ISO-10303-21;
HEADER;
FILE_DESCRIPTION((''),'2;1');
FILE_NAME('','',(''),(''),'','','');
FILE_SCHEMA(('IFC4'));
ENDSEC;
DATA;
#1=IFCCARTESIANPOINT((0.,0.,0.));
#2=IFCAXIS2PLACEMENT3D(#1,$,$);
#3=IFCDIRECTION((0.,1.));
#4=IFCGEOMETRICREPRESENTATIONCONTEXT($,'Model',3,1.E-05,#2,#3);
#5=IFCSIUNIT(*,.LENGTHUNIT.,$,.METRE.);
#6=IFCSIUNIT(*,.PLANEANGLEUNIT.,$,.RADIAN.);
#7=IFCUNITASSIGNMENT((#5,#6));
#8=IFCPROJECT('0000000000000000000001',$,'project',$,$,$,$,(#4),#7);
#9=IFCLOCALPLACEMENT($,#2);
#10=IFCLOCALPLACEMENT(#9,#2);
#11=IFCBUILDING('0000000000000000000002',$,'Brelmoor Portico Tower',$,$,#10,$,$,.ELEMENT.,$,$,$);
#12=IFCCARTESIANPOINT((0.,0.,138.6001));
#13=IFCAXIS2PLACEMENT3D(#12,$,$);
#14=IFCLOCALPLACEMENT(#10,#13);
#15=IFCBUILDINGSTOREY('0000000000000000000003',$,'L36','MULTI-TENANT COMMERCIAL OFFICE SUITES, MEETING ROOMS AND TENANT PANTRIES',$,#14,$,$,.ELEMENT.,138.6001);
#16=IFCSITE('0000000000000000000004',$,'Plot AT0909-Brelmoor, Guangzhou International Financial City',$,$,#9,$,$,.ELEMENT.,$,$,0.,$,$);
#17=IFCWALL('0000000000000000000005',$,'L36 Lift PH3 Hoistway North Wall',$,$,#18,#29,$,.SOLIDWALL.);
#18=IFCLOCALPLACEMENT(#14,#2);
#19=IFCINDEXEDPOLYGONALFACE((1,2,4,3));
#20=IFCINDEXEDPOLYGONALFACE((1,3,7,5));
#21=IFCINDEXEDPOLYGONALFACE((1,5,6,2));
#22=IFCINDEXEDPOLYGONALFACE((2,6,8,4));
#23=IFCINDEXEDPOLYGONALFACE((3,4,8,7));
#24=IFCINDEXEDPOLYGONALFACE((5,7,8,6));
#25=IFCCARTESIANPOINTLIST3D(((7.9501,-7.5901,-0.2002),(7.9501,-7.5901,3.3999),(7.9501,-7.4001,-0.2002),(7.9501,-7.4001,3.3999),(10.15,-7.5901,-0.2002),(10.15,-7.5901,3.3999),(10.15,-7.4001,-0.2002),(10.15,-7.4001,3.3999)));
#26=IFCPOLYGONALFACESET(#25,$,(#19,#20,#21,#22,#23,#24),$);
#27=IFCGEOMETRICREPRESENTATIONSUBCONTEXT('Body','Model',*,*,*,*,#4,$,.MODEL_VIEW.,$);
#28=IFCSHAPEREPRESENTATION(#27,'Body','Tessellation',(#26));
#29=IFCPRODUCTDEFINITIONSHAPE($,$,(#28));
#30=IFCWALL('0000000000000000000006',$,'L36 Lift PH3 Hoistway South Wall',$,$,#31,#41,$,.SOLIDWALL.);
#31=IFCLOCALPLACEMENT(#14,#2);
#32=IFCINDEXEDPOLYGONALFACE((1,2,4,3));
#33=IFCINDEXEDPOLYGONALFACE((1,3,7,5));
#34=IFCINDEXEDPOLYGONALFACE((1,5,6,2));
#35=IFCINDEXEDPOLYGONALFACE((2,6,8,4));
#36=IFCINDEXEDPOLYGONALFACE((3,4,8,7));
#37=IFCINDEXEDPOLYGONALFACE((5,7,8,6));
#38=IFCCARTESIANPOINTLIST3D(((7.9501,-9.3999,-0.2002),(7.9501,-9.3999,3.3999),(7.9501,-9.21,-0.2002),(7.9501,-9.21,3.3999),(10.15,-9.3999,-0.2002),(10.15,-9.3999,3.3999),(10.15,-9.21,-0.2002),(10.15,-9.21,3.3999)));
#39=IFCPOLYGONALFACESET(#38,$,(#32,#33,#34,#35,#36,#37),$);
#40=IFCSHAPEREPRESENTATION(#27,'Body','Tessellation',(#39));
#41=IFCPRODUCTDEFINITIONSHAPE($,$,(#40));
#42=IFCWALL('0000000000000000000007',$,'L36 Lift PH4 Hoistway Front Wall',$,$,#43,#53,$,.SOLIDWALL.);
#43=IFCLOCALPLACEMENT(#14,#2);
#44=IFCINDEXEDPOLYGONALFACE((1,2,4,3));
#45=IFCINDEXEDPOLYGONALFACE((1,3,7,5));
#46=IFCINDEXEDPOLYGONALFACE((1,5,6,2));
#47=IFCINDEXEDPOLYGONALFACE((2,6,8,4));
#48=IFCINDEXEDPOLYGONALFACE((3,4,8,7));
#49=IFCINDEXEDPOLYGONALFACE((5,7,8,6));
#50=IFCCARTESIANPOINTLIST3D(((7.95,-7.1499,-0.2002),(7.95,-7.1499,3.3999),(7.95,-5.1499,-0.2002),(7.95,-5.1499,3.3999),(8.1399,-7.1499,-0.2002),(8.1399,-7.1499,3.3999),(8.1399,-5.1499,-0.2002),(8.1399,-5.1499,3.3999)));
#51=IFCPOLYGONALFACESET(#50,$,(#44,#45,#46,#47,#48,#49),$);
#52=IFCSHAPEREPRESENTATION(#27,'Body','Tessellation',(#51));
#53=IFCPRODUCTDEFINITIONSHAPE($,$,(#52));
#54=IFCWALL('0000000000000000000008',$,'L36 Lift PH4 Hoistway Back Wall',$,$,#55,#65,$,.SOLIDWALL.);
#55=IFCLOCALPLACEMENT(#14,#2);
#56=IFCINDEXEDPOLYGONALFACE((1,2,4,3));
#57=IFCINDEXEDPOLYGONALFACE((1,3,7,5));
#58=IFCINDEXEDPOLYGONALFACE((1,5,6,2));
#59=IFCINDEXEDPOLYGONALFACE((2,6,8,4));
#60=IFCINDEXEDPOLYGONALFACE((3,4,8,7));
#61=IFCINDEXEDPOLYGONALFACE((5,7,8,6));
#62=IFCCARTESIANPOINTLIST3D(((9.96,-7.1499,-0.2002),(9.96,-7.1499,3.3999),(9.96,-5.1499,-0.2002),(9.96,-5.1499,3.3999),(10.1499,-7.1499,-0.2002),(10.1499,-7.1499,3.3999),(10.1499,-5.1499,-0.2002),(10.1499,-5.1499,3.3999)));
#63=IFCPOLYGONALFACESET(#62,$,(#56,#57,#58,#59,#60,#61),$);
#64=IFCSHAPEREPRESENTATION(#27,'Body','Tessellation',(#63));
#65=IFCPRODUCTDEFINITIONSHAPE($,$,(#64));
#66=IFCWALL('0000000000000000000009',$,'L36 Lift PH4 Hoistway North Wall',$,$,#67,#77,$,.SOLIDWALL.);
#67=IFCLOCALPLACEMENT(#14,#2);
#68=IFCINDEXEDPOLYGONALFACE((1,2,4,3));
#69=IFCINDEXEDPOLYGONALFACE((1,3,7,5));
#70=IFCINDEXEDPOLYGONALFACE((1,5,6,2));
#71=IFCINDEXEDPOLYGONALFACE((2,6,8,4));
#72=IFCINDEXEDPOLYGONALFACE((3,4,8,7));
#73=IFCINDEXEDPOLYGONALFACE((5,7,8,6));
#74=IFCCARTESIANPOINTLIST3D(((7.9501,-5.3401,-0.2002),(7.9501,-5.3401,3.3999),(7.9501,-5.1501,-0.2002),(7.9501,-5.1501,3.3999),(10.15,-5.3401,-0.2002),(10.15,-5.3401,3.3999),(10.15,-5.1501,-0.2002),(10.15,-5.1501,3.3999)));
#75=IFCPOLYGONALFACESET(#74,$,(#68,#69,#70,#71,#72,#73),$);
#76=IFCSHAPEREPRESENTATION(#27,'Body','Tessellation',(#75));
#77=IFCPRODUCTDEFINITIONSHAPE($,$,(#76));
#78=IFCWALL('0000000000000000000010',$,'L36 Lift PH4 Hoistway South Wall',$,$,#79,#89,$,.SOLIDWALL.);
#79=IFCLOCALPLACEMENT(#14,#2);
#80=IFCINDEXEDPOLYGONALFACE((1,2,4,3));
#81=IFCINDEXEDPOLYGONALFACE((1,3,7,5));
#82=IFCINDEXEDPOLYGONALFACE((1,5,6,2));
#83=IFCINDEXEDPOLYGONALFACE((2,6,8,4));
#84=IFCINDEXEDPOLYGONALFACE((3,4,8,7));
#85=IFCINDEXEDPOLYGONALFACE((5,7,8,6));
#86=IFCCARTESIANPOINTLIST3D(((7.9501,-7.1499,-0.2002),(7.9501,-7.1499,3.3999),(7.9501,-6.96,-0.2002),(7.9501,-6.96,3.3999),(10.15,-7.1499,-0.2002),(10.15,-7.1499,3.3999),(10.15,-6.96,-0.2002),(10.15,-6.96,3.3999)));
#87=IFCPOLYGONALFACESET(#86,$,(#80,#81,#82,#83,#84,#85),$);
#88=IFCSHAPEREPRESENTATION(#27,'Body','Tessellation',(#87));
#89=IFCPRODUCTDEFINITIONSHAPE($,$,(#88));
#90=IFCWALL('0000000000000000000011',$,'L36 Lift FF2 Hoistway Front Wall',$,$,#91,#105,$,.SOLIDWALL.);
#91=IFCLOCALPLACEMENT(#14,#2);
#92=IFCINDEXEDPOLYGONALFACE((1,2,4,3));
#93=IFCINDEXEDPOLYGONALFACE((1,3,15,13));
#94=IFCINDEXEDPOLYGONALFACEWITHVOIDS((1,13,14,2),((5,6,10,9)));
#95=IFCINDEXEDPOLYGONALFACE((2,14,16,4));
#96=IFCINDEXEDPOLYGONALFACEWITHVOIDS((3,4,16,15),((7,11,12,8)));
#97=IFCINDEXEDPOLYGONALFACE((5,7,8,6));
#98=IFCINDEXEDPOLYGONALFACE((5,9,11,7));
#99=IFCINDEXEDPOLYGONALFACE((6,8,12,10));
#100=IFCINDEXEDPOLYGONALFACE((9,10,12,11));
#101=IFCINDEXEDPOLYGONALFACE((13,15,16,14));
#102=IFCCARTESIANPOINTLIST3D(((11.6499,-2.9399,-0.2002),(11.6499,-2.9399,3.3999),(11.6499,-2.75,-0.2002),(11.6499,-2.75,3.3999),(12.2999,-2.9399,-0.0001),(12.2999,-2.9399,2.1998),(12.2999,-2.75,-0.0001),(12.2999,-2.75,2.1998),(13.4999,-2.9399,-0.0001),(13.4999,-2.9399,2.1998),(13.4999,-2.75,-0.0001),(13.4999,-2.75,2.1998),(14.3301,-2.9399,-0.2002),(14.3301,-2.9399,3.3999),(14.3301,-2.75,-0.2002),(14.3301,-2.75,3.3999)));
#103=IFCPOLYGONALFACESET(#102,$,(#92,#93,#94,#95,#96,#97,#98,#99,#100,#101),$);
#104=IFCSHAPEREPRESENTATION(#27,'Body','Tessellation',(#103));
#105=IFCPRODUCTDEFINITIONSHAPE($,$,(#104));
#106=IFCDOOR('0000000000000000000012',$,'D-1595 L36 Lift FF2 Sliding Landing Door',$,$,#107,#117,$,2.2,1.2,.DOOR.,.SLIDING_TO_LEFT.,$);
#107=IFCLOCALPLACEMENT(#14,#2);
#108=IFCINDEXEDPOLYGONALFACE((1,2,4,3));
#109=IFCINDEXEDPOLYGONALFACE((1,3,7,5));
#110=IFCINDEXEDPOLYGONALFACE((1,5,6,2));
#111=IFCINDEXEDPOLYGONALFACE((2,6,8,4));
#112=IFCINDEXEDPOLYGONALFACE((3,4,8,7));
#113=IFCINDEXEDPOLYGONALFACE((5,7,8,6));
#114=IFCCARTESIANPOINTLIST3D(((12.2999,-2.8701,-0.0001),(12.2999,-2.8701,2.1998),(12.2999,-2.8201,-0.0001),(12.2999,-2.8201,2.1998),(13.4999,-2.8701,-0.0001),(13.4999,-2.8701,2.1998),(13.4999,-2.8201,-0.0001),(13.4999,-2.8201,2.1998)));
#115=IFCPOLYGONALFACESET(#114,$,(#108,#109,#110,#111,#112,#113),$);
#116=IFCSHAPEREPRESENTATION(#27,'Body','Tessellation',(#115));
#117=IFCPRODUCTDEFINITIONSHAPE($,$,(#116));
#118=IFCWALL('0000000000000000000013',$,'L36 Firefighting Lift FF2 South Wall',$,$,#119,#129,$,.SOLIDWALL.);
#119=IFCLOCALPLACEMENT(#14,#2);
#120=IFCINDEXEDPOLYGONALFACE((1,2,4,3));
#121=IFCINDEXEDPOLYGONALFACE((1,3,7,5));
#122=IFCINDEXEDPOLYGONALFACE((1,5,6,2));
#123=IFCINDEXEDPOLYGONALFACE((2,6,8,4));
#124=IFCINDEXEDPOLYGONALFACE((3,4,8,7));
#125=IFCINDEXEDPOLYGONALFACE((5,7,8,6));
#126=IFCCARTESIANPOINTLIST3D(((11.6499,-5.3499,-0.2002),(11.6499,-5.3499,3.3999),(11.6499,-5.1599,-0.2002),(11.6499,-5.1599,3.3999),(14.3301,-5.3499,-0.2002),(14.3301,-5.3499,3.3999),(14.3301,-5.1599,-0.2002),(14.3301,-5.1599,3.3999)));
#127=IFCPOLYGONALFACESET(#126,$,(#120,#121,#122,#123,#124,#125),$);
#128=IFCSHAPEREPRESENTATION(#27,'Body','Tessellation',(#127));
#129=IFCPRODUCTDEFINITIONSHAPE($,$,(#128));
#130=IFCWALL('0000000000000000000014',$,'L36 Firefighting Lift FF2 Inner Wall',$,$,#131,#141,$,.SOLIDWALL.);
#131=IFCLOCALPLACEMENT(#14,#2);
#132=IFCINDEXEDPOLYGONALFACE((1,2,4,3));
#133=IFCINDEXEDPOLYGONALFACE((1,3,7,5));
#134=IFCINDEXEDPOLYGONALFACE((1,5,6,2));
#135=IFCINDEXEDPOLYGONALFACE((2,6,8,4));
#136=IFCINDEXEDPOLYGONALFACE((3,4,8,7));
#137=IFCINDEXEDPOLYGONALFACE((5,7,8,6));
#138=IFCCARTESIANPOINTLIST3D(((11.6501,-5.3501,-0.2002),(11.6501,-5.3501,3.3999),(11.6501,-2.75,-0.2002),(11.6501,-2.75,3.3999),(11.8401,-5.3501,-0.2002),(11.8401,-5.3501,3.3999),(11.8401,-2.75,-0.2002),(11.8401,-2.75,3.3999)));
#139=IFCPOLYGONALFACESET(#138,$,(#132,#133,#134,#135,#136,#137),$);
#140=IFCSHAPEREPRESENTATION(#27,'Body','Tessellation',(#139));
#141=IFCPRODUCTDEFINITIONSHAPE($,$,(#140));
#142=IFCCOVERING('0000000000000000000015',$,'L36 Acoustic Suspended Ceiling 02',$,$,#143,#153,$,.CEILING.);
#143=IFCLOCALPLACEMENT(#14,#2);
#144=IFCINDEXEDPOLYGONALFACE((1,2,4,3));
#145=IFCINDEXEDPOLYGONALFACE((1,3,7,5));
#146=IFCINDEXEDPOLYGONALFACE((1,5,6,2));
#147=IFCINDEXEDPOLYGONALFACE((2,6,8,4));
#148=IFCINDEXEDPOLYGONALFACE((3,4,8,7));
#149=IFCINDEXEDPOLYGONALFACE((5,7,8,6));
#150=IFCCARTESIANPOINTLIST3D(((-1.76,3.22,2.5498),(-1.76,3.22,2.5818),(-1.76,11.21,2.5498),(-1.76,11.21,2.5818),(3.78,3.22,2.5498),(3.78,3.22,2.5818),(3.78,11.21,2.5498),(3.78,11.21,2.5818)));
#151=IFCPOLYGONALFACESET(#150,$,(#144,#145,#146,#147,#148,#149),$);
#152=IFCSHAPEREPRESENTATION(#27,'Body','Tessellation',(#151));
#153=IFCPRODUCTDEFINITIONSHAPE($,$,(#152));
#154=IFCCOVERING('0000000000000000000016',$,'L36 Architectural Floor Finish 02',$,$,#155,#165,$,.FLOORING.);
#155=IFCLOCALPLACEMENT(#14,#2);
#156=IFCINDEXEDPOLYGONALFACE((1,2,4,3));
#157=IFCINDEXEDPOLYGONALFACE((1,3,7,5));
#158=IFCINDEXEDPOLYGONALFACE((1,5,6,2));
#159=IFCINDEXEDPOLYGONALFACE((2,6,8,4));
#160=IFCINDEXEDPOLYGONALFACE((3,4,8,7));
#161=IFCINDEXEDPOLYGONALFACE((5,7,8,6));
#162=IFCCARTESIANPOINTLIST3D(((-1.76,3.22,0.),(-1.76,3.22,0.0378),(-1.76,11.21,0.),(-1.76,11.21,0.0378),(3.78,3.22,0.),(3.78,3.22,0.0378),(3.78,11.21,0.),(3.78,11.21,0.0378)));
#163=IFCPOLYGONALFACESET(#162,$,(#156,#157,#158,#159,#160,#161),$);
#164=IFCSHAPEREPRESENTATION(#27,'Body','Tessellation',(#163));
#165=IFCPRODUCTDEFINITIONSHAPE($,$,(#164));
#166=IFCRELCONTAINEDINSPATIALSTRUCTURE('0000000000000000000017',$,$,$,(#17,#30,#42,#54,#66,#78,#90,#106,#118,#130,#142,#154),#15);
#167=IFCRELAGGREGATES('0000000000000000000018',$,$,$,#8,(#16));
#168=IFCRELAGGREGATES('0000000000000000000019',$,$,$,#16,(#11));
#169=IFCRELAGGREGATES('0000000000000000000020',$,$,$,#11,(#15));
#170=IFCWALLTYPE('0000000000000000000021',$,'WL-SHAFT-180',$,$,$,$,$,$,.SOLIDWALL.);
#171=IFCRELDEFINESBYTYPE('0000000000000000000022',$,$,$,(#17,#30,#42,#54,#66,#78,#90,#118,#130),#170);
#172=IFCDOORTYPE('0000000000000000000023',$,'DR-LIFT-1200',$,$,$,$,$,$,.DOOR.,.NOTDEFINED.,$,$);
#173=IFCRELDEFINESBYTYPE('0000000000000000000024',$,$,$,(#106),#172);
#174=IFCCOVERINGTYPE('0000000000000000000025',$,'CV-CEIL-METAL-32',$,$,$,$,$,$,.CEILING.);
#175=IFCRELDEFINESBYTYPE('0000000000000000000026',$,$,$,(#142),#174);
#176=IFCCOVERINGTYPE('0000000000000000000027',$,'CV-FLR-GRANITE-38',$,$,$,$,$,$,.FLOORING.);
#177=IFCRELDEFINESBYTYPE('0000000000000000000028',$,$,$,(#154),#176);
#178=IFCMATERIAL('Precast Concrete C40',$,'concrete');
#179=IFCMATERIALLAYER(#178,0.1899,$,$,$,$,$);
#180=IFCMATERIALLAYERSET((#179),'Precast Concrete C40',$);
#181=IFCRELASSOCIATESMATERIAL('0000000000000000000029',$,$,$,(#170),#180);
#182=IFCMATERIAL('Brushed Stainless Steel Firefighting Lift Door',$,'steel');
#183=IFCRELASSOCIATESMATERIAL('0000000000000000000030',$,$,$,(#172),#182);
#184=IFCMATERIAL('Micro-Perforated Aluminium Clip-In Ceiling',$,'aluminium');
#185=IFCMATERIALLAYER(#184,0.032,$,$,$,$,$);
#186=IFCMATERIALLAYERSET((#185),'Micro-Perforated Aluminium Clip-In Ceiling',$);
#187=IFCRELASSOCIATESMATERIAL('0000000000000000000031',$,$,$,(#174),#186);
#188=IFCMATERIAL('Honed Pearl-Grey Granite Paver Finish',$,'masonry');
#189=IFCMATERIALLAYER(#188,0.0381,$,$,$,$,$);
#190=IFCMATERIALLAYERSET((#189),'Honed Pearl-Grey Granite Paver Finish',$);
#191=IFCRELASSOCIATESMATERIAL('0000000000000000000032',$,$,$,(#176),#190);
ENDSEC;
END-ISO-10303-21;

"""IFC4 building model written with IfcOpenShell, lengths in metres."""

from ifc_helpers import new_model, si_unit, direction, frame, frame_2d, origin, place, context, subcontext, project, spatial, polyline, rectangle, outline, extrude, material, layer, layer_set, type_object, element, fill, save


model = new_model("IFC4")

# Units and contexts
model_context = context("Model", 3, precision=1e-05, world=origin(), true_north=direction((0.0, 1.0)))
body_context = subcontext(model_context, "Body", "Model", "MODEL_VIEW")
ifc_project = project(units=[si_unit("LENGTHUNIT", "METRE"), si_unit("PLANEANGLEUNIT", "RADIAN")], contexts=[model_context])

# Site, building, storey
site_placement = place(None, origin())
site = spatial("IfcSite", under=ifc_project, at=site_placement, Name="Plot AT0909-Brelmoor, Guangzhou International Financial City", CompositionType="ELEMENT", RefElevation=0.0)
building_placement = place(site_placement, origin())
building = spatial("IfcBuilding", under=site, at=building_placement, Name="Brelmoor Portico Tower", CompositionType="ELEMENT")
storey_placement = place(building_placement, frame((0.0, 0.0, 138.6001)))
storey = spatial("IfcBuildingStorey", under=building, at=storey_placement, Name="L36", Description="MULTI-TENANT COMMERCIAL OFFICE SUITES, MEETING ROOMS AND TENANT PANTRIES", CompositionType="ELEMENT", Elevation=138.6001)

# Walls
ifc_material_1 = material(Name="Precast Concrete C40", Category="concrete")
ifc_layer_1 = layer(ifc_material_1, 0.1899)
ifc_layer_set_1 = layer_set([ifc_layer_1], Name="Precast Concrete C40")
wall_type_1 = type_object("IfcWallType", Name="WL-SHAFT-180", PredefinedType="SOLIDWALL", material=ifc_layer_set_1)
for number, where, z_axis, x_axis, name in (
    (1, (7.95, -7.4951, -0.2002), (0.0, 0.0, 1.0), (1.0, 0.0, 0.0), "L36 Lift PH3 Hoistway North Wall"),
    (2, (7.95, -9.3049, -0.2002), (0.0, 0.0, 1.0), (1.0, 0.0, 0.0), "L36 Lift PH3 Hoistway South Wall"),
):
    element("IfcWall", number, at=place(storey_placement, frame(where, z_axis=z_axis, x_axis=x_axis)), inside=storey, type_object=wall_type_1, Name=name, PredefinedType="SOLIDWALL", context=body_context, shape_type="SweptSolid", body=[
        extrude(rectangle(XDim=2.2, YDim=0.1899, at=frame_2d((1.1001, 0.0))), origin(), (0.0, 0.0, 1.0), 3.6001),
    ])
for number, where, z_axis, x_axis, name in (
    (3, (8.0449, -7.1499, -0.2002), (0.0, 0.0, 1.0), (0.0, 1.0, 0.0), "L36 Lift PH4 Hoistway Front Wall"),
    (4, (10.0549, -7.1499, -0.2002), (0.0, 0.0, 1.0), (0.0, 1.0, 0.0), "L36 Lift PH4 Hoistway Back Wall"),
):
    element("IfcWall", number, at=place(storey_placement, frame(where, z_axis=z_axis, x_axis=x_axis)), inside=storey, type_object=wall_type_1, Name=name, PredefinedType="SOLIDWALL", context=body_context, shape_type="SweptSolid", body=[
        extrude(rectangle(XDim=2.0, YDim=0.1899, at=frame_2d((1.0, 0.0))), origin(), (0.0, 0.0, 1.0), 3.6001),
    ])
for number, where, z_axis, x_axis, name in (
    (5, (7.95, -5.2451, -0.2002), (0.0, 0.0, 1.0), (1.0, 0.0, 0.0), "L36 Lift PH4 Hoistway North Wall"),
    (6, (7.95, -7.0549, -0.2002), (0.0, 0.0, 1.0), (1.0, 0.0, 0.0), "L36 Lift PH4 Hoistway South Wall"),
):
    element("IfcWall", number, at=place(storey_placement, frame(where, z_axis=z_axis, x_axis=x_axis)), inside=storey, type_object=wall_type_1, Name=name, PredefinedType="SOLIDWALL", context=body_context, shape_type="SweptSolid", body=[
        extrude(rectangle(XDim=2.2, YDim=0.1899, at=frame_2d((1.1001, 0.0))), origin(), (0.0, 0.0, 1.0), 3.6001),
    ])

# Wall, opening, door
wall_1_placement = place(storey_placement, frame((11.6499, -2.845, -0.2002), z_axis=(0.0, 0.0, 1.0), x_axis=(1.0, 0.0, 0.0)))
wall_1 = element("IfcWall", 7, at=wall_1_placement, inside=storey, type_object=wall_type_1, Name="L36 Lift FF2 Hoistway Front Wall", PredefinedType="SOLIDWALL", context=body_context, shape_type="SweptSolid", body=[
    extrude(rectangle(XDim=2.6802, YDim=0.1899, at=frame_2d((1.3401, 0.0))), origin(), (0.0, 0.0, 1.0), 3.6001),
])
opening_1_placement = place(wall_1_placement, frame((0.6499, 0.0, 0.2)))
opening_1 = element("IfcOpeningElement", 8, at=opening_1_placement, cuts=wall_1, PredefinedType="OPENING", context=body_context, shape_type="SweptSolid", body=[
    extrude(rectangle(XDim=1.2, YDim=2.2, at=frame_2d((0.6001, 1.1001))), frame((0.0, 0.105, 0.0), z_axis=(0.0, -1.0, 0.0), x_axis=(1.0, 0.0, 0.0)), (0.0, 0.0, 1.0), 0.21),
])
ifc_material_2 = material(Name="Brushed Stainless Steel Firefighting Lift Door", Category="steel")
door_type_1 = type_object("IfcDoorType", Name="DR-LIFT-1200", OperationType="NOTDEFINED", PredefinedType="DOOR", material=ifc_material_2)
door_1_placement = place(opening_1_placement, origin())
door_1 = element("IfcDoor", 9, at=door_1_placement, inside=storey, type_object=door_type_1, Name="D-1595 L36 Lift FF2 Sliding Landing Door", OperationType="SLIDING_TO_LEFT", OverallHeight=2.2, OverallWidth=1.2, PredefinedType="DOOR", context=body_context, shape_type="SweptSolid", body=[
    extrude(rectangle(XDim=1.2, YDim=2.2, at=frame_2d((0.6001, 1.1001))), frame((0.0, 0.0249, 0.0), z_axis=(0.0, -1.0, 0.0), x_axis=(1.0, 0.0, 0.0)), (0.0, 0.0, 1.0), 0.05),
])
fill(opening_1, door_1)

# Walls
wall_2_placement = place(storey_placement, frame((11.6499, -5.2549, -0.2002), z_axis=(0.0, 0.0, 1.0), x_axis=(1.0, 0.0, 0.0)))
element("IfcWall", 10, at=wall_2_placement, inside=storey, type_object=wall_type_1, Name="L36 Firefighting Lift FF2 South Wall", PredefinedType="SOLIDWALL", context=body_context, shape_type="SweptSolid", body=[
    extrude(rectangle(XDim=2.6802, YDim=0.1899, at=frame_2d((1.3401, 0.0))), origin(), (0.0, 0.0, 1.0), 3.6001),
])
wall_3_placement = place(storey_placement, frame((11.7451, -5.3501, -0.2002), z_axis=(0.0, 0.0, 1.0), x_axis=(0.0, 1.0, 0.0)))
element("IfcWall", 11, at=wall_3_placement, inside=storey, type_object=wall_type_1, Name="L36 Firefighting Lift FF2 Inner Wall", PredefinedType="SOLIDWALL", context=body_context, shape_type="SweptSolid", body=[
    extrude(rectangle(XDim=2.6001, YDim=0.1899, at=frame_2d((1.3, 0.0))), origin(), (0.0, 0.0, 1.0), 3.6001),
])

# Coverings
ifc_material_3 = material(Name="Micro-Perforated Aluminium Clip-In Ceiling", Category="aluminium")
ifc_layer_2 = layer(ifc_material_3, 0.032)
ifc_layer_set_2 = layer_set([ifc_layer_2], Name="Micro-Perforated Aluminium Clip-In Ceiling")
covering_type_1 = type_object("IfcCoveringType", Name="CV-CEIL-METAL-32", PredefinedType="CEILING", material=ifc_layer_set_2)
covering_1_placement = place(storey_placement, frame((0.0, 0.0, 2.5498)))
element("IfcCovering", 12, at=covering_1_placement, inside=storey, type_object=covering_type_1, Name="L36 Acoustic Suspended Ceiling 02", PredefinedType="CEILING", context=body_context, shape_type="SweptSolid", body=[
    extrude(outline(polyline([(-1.76, 3.22), (-1.76, 11.21), (3.78, 11.21), (3.78, 3.22), (-1.76, 3.22)])), origin(), (0.0, 0.0, 1.0), 0.032),
])
ifc_material_4 = material(Name="Honed Pearl-Grey Granite Paver Finish", Category="masonry")
ifc_layer_3 = layer(ifc_material_4, 0.0381)
ifc_layer_set_3 = layer_set([ifc_layer_3], Name="Honed Pearl-Grey Granite Paver Finish")
covering_type_2 = type_object("IfcCoveringType", Name="CV-FLR-GRANITE-38", PredefinedType="FLOORING", material=ifc_layer_set_3)
covering_2_placement = place(storey_placement, origin())
element("IfcCovering", 13, at=covering_2_placement, inside=storey, type_object=covering_type_2, Name="L36 Architectural Floor Finish 02", PredefinedType="FLOORING", context=body_context, shape_type="SweptSolid", body=[
    extrude(outline(polyline([(-1.76, 3.22), (-1.76, 11.21), (3.78, 11.21), (3.78, 3.22), (-1.76, 3.22)])), origin(), (0.0, 0.0, 1.0), 0.0378),
])

save(model, "model.ifc")
